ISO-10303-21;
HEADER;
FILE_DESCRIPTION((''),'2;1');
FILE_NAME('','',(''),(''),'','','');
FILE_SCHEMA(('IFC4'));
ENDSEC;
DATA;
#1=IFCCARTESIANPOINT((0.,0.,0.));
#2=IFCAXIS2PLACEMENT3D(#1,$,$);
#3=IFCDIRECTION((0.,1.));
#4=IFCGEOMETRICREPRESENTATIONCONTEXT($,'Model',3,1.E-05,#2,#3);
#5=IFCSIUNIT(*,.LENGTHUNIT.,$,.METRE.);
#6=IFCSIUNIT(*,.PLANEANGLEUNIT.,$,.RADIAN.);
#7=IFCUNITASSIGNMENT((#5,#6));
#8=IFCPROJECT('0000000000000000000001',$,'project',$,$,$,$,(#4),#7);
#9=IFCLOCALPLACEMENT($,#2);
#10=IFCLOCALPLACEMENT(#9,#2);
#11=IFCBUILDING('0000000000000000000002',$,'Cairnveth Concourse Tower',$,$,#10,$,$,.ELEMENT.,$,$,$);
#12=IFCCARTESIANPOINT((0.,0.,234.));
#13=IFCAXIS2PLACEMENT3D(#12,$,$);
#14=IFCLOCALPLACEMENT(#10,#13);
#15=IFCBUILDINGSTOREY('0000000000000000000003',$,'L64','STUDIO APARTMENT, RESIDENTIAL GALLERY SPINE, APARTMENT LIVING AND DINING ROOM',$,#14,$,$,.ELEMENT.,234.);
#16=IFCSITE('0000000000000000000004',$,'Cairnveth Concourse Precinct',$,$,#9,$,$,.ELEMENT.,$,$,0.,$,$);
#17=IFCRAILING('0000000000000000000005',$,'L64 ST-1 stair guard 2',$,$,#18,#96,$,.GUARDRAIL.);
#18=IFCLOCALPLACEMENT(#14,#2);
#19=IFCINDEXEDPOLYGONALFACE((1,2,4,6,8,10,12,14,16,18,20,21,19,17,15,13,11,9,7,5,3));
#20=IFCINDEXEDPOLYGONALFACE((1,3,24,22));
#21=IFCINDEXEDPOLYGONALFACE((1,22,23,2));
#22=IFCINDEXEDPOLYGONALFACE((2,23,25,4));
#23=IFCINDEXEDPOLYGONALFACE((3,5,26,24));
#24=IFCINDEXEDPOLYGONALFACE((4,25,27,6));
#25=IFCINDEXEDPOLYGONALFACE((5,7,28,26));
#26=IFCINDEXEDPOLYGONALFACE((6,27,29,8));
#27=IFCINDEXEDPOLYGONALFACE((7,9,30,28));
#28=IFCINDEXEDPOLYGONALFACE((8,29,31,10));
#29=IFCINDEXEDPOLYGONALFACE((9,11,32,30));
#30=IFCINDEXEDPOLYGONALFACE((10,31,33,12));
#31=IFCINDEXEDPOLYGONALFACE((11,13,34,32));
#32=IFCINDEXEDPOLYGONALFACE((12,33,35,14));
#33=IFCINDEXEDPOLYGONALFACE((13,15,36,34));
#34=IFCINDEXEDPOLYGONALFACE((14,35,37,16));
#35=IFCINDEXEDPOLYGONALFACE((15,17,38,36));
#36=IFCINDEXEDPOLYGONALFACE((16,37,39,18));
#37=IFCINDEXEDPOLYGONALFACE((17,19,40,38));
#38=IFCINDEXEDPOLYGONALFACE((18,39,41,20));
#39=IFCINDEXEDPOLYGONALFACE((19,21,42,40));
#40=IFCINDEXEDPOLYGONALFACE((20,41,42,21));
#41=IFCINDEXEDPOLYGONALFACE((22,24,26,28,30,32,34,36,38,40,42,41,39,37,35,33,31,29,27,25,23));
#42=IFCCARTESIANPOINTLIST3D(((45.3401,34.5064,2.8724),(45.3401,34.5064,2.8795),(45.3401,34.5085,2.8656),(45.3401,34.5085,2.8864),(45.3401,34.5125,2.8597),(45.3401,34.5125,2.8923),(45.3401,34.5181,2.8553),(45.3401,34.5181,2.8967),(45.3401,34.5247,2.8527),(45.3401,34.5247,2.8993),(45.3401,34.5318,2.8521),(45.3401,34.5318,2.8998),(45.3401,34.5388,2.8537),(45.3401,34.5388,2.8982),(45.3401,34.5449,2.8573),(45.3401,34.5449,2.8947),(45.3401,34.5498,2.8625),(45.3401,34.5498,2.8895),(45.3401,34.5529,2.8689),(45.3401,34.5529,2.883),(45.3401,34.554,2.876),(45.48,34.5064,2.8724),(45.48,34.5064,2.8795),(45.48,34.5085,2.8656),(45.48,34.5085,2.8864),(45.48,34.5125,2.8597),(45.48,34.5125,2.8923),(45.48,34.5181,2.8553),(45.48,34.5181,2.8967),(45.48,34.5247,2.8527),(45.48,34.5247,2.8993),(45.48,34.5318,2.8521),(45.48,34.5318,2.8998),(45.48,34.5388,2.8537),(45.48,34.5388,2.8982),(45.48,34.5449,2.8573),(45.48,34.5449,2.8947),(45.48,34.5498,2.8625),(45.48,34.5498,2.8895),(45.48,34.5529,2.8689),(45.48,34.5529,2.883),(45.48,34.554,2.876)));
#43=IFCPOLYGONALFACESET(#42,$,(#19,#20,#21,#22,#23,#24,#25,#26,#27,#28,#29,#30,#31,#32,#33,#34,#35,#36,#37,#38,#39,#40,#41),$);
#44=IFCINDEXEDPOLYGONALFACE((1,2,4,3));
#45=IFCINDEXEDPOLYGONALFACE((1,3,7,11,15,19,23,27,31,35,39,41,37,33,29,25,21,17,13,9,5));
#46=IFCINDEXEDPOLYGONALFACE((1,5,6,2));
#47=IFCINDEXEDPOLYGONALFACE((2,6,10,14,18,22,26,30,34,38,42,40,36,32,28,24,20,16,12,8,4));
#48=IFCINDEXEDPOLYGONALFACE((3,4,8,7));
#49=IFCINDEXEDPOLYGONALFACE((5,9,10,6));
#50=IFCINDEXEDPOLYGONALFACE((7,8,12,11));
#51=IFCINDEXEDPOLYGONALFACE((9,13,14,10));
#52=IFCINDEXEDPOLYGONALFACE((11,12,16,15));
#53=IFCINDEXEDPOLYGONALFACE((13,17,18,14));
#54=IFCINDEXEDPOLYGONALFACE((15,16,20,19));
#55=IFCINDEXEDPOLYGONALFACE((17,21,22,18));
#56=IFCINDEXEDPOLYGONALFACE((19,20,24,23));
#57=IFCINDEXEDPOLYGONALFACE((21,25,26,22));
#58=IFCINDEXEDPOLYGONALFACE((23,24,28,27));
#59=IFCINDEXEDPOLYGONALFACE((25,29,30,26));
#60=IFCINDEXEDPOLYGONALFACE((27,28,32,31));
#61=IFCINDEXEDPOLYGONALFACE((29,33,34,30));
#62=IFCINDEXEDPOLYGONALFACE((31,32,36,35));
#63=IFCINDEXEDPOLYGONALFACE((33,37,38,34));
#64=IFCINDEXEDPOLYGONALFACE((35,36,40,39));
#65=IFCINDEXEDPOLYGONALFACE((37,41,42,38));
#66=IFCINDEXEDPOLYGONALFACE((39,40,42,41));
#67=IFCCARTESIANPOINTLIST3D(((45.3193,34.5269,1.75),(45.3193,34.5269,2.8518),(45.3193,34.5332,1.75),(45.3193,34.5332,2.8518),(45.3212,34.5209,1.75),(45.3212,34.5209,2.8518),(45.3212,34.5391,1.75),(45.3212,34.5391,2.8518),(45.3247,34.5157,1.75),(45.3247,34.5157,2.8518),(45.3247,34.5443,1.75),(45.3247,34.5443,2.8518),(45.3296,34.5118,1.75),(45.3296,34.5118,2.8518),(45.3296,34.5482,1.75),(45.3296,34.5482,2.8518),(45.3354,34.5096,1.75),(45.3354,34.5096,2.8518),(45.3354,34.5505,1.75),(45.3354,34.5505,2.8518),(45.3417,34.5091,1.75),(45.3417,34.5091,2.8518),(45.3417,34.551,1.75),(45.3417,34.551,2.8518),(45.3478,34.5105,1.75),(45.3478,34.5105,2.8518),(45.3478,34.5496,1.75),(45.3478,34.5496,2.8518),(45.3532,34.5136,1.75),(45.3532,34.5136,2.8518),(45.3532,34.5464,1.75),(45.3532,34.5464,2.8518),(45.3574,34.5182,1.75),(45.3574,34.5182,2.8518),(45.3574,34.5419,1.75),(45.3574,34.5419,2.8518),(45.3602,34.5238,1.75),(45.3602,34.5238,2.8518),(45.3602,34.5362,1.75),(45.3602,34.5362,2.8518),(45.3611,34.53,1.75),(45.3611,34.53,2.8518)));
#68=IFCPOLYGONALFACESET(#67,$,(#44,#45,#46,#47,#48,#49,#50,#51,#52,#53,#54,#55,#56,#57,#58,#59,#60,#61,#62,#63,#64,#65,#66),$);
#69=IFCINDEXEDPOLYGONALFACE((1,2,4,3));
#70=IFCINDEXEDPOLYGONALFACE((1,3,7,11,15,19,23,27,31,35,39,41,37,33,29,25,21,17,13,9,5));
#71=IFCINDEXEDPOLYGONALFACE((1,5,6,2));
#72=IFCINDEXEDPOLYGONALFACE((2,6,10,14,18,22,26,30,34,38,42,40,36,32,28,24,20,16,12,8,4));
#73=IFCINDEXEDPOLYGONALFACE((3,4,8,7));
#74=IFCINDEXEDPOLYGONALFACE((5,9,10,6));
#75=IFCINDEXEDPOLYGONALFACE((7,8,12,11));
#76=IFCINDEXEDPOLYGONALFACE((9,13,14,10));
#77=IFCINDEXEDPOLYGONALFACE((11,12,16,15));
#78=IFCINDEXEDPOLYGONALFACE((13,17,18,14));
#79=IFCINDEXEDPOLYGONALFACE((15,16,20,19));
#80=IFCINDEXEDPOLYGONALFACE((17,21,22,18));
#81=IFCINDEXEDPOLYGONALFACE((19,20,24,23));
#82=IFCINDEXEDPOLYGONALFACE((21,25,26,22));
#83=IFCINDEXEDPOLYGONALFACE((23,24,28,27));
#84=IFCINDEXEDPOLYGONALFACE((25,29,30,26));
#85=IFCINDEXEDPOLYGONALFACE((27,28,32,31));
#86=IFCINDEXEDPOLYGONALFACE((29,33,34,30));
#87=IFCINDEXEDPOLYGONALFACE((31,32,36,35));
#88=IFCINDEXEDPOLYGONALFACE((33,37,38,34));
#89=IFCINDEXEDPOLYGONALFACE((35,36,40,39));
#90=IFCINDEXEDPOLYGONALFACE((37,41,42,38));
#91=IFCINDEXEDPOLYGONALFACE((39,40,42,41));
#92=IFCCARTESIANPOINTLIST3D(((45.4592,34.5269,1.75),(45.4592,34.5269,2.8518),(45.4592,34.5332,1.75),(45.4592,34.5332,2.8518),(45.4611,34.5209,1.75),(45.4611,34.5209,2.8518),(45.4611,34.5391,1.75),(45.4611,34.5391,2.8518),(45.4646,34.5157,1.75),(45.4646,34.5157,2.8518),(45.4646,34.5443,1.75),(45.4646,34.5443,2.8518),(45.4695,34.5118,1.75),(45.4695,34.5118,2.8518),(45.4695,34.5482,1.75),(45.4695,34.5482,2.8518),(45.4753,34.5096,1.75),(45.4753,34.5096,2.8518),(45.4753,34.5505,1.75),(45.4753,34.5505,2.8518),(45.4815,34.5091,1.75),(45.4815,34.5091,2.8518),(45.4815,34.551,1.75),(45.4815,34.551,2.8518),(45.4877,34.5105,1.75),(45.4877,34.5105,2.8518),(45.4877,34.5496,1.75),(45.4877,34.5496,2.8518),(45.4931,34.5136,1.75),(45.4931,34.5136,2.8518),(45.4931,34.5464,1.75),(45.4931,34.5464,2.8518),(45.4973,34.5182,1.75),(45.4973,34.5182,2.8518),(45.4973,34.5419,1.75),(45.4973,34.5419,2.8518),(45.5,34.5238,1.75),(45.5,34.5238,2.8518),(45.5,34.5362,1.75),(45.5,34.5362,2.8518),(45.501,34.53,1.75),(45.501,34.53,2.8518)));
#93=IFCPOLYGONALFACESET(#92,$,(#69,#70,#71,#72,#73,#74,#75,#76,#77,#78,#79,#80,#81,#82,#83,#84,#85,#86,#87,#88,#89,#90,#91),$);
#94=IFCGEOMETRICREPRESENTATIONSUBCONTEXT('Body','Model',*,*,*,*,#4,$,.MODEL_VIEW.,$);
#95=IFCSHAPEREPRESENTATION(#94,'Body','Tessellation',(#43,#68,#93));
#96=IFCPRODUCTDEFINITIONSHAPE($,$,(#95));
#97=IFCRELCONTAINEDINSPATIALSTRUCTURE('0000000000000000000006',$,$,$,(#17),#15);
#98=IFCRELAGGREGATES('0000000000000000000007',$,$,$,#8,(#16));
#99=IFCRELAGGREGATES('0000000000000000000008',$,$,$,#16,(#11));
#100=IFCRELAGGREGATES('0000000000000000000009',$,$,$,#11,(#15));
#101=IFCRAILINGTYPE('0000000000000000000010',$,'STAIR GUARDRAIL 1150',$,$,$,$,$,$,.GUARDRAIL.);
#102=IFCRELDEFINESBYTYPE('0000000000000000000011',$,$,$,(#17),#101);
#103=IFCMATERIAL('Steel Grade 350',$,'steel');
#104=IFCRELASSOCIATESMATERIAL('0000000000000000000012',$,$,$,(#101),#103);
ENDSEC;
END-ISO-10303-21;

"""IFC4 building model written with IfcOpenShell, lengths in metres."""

from ifc_helpers import new_model, si_unit, direction, frame, origin, origin_2d, place, context, subcontext, project, spatial, circle, extrude, material, type_object, element, save


model = new_model("IFC4")

# Units and contexts
model_context = context("Model", 3, precision=1e-05, world=origin(), true_north=direction((0.0, 1.0)))
body_context = subcontext(model_context, "Body", "Model", "MODEL_VIEW")
ifc_project = project(units=[si_unit("LENGTHUNIT", "METRE"), si_unit("PLANEANGLEUNIT", "RADIAN")], contexts=[model_context])

# Site, building, storey
site_placement = place(None, origin())
site = spatial("IfcSite", under=ifc_project, at=site_placement, Name="Cairnveth Concourse Precinct", CompositionType="ELEMENT", RefElevation=0.0)
building_placement = place(site_placement, origin())
building = spatial("IfcBuilding", under=site, at=building_placement, Name="Cairnveth Concourse Tower", CompositionType="ELEMENT")
storey_placement = place(building_placement, frame((0.0, 0.0, 234.0)))
storey = spatial("IfcBuildingStorey", under=building, at=storey_placement, Name="L64", Description="STUDIO APARTMENT, RESIDENTIAL GALLERY SPINE, APARTMENT LIVING AND DINING ROOM", CompositionType="ELEMENT", Elevation=234.0)

# Railing
ifc_material_1 = material(Name="Steel Grade 350", Category="steel")
railing_type_1 = type_object("IfcRailingType", Name="STAIR GUARDRAIL 1150", PredefinedType="GUARDRAIL", material=ifc_material_1)
railing_1_placement = place(storey_placement, frame((45.3401, 34.53, 1.75)))
element("IfcRailing", 1, at=railing_1_placement, inside=storey, type_object=railing_type_1, Name="L64 ST-1 stair guard 2", PredefinedType="GUARDRAIL", context=body_context, shape_type="SweptSolid", body=[
    extrude(circle(Radius=0.0239, at=origin_2d()), frame((0.0, 0.0, 1.126), z_axis=(1.0, 0.0, 0.0), x_axis=(0.0, 1.0, 0.0)), (0.0, 0.0, 1.0), 0.1399),
    extrude(circle(Radius=0.021, at=origin_2d()), origin(), (0.0, 0.0, 1.0), 1.1018),
    extrude(circle(Radius=0.021, at=origin_2d()), frame((0.1399, 0.0, 0.0)), (0.0, 0.0, 1.0), 1.1018),
])

save(model, "model.ifc")
